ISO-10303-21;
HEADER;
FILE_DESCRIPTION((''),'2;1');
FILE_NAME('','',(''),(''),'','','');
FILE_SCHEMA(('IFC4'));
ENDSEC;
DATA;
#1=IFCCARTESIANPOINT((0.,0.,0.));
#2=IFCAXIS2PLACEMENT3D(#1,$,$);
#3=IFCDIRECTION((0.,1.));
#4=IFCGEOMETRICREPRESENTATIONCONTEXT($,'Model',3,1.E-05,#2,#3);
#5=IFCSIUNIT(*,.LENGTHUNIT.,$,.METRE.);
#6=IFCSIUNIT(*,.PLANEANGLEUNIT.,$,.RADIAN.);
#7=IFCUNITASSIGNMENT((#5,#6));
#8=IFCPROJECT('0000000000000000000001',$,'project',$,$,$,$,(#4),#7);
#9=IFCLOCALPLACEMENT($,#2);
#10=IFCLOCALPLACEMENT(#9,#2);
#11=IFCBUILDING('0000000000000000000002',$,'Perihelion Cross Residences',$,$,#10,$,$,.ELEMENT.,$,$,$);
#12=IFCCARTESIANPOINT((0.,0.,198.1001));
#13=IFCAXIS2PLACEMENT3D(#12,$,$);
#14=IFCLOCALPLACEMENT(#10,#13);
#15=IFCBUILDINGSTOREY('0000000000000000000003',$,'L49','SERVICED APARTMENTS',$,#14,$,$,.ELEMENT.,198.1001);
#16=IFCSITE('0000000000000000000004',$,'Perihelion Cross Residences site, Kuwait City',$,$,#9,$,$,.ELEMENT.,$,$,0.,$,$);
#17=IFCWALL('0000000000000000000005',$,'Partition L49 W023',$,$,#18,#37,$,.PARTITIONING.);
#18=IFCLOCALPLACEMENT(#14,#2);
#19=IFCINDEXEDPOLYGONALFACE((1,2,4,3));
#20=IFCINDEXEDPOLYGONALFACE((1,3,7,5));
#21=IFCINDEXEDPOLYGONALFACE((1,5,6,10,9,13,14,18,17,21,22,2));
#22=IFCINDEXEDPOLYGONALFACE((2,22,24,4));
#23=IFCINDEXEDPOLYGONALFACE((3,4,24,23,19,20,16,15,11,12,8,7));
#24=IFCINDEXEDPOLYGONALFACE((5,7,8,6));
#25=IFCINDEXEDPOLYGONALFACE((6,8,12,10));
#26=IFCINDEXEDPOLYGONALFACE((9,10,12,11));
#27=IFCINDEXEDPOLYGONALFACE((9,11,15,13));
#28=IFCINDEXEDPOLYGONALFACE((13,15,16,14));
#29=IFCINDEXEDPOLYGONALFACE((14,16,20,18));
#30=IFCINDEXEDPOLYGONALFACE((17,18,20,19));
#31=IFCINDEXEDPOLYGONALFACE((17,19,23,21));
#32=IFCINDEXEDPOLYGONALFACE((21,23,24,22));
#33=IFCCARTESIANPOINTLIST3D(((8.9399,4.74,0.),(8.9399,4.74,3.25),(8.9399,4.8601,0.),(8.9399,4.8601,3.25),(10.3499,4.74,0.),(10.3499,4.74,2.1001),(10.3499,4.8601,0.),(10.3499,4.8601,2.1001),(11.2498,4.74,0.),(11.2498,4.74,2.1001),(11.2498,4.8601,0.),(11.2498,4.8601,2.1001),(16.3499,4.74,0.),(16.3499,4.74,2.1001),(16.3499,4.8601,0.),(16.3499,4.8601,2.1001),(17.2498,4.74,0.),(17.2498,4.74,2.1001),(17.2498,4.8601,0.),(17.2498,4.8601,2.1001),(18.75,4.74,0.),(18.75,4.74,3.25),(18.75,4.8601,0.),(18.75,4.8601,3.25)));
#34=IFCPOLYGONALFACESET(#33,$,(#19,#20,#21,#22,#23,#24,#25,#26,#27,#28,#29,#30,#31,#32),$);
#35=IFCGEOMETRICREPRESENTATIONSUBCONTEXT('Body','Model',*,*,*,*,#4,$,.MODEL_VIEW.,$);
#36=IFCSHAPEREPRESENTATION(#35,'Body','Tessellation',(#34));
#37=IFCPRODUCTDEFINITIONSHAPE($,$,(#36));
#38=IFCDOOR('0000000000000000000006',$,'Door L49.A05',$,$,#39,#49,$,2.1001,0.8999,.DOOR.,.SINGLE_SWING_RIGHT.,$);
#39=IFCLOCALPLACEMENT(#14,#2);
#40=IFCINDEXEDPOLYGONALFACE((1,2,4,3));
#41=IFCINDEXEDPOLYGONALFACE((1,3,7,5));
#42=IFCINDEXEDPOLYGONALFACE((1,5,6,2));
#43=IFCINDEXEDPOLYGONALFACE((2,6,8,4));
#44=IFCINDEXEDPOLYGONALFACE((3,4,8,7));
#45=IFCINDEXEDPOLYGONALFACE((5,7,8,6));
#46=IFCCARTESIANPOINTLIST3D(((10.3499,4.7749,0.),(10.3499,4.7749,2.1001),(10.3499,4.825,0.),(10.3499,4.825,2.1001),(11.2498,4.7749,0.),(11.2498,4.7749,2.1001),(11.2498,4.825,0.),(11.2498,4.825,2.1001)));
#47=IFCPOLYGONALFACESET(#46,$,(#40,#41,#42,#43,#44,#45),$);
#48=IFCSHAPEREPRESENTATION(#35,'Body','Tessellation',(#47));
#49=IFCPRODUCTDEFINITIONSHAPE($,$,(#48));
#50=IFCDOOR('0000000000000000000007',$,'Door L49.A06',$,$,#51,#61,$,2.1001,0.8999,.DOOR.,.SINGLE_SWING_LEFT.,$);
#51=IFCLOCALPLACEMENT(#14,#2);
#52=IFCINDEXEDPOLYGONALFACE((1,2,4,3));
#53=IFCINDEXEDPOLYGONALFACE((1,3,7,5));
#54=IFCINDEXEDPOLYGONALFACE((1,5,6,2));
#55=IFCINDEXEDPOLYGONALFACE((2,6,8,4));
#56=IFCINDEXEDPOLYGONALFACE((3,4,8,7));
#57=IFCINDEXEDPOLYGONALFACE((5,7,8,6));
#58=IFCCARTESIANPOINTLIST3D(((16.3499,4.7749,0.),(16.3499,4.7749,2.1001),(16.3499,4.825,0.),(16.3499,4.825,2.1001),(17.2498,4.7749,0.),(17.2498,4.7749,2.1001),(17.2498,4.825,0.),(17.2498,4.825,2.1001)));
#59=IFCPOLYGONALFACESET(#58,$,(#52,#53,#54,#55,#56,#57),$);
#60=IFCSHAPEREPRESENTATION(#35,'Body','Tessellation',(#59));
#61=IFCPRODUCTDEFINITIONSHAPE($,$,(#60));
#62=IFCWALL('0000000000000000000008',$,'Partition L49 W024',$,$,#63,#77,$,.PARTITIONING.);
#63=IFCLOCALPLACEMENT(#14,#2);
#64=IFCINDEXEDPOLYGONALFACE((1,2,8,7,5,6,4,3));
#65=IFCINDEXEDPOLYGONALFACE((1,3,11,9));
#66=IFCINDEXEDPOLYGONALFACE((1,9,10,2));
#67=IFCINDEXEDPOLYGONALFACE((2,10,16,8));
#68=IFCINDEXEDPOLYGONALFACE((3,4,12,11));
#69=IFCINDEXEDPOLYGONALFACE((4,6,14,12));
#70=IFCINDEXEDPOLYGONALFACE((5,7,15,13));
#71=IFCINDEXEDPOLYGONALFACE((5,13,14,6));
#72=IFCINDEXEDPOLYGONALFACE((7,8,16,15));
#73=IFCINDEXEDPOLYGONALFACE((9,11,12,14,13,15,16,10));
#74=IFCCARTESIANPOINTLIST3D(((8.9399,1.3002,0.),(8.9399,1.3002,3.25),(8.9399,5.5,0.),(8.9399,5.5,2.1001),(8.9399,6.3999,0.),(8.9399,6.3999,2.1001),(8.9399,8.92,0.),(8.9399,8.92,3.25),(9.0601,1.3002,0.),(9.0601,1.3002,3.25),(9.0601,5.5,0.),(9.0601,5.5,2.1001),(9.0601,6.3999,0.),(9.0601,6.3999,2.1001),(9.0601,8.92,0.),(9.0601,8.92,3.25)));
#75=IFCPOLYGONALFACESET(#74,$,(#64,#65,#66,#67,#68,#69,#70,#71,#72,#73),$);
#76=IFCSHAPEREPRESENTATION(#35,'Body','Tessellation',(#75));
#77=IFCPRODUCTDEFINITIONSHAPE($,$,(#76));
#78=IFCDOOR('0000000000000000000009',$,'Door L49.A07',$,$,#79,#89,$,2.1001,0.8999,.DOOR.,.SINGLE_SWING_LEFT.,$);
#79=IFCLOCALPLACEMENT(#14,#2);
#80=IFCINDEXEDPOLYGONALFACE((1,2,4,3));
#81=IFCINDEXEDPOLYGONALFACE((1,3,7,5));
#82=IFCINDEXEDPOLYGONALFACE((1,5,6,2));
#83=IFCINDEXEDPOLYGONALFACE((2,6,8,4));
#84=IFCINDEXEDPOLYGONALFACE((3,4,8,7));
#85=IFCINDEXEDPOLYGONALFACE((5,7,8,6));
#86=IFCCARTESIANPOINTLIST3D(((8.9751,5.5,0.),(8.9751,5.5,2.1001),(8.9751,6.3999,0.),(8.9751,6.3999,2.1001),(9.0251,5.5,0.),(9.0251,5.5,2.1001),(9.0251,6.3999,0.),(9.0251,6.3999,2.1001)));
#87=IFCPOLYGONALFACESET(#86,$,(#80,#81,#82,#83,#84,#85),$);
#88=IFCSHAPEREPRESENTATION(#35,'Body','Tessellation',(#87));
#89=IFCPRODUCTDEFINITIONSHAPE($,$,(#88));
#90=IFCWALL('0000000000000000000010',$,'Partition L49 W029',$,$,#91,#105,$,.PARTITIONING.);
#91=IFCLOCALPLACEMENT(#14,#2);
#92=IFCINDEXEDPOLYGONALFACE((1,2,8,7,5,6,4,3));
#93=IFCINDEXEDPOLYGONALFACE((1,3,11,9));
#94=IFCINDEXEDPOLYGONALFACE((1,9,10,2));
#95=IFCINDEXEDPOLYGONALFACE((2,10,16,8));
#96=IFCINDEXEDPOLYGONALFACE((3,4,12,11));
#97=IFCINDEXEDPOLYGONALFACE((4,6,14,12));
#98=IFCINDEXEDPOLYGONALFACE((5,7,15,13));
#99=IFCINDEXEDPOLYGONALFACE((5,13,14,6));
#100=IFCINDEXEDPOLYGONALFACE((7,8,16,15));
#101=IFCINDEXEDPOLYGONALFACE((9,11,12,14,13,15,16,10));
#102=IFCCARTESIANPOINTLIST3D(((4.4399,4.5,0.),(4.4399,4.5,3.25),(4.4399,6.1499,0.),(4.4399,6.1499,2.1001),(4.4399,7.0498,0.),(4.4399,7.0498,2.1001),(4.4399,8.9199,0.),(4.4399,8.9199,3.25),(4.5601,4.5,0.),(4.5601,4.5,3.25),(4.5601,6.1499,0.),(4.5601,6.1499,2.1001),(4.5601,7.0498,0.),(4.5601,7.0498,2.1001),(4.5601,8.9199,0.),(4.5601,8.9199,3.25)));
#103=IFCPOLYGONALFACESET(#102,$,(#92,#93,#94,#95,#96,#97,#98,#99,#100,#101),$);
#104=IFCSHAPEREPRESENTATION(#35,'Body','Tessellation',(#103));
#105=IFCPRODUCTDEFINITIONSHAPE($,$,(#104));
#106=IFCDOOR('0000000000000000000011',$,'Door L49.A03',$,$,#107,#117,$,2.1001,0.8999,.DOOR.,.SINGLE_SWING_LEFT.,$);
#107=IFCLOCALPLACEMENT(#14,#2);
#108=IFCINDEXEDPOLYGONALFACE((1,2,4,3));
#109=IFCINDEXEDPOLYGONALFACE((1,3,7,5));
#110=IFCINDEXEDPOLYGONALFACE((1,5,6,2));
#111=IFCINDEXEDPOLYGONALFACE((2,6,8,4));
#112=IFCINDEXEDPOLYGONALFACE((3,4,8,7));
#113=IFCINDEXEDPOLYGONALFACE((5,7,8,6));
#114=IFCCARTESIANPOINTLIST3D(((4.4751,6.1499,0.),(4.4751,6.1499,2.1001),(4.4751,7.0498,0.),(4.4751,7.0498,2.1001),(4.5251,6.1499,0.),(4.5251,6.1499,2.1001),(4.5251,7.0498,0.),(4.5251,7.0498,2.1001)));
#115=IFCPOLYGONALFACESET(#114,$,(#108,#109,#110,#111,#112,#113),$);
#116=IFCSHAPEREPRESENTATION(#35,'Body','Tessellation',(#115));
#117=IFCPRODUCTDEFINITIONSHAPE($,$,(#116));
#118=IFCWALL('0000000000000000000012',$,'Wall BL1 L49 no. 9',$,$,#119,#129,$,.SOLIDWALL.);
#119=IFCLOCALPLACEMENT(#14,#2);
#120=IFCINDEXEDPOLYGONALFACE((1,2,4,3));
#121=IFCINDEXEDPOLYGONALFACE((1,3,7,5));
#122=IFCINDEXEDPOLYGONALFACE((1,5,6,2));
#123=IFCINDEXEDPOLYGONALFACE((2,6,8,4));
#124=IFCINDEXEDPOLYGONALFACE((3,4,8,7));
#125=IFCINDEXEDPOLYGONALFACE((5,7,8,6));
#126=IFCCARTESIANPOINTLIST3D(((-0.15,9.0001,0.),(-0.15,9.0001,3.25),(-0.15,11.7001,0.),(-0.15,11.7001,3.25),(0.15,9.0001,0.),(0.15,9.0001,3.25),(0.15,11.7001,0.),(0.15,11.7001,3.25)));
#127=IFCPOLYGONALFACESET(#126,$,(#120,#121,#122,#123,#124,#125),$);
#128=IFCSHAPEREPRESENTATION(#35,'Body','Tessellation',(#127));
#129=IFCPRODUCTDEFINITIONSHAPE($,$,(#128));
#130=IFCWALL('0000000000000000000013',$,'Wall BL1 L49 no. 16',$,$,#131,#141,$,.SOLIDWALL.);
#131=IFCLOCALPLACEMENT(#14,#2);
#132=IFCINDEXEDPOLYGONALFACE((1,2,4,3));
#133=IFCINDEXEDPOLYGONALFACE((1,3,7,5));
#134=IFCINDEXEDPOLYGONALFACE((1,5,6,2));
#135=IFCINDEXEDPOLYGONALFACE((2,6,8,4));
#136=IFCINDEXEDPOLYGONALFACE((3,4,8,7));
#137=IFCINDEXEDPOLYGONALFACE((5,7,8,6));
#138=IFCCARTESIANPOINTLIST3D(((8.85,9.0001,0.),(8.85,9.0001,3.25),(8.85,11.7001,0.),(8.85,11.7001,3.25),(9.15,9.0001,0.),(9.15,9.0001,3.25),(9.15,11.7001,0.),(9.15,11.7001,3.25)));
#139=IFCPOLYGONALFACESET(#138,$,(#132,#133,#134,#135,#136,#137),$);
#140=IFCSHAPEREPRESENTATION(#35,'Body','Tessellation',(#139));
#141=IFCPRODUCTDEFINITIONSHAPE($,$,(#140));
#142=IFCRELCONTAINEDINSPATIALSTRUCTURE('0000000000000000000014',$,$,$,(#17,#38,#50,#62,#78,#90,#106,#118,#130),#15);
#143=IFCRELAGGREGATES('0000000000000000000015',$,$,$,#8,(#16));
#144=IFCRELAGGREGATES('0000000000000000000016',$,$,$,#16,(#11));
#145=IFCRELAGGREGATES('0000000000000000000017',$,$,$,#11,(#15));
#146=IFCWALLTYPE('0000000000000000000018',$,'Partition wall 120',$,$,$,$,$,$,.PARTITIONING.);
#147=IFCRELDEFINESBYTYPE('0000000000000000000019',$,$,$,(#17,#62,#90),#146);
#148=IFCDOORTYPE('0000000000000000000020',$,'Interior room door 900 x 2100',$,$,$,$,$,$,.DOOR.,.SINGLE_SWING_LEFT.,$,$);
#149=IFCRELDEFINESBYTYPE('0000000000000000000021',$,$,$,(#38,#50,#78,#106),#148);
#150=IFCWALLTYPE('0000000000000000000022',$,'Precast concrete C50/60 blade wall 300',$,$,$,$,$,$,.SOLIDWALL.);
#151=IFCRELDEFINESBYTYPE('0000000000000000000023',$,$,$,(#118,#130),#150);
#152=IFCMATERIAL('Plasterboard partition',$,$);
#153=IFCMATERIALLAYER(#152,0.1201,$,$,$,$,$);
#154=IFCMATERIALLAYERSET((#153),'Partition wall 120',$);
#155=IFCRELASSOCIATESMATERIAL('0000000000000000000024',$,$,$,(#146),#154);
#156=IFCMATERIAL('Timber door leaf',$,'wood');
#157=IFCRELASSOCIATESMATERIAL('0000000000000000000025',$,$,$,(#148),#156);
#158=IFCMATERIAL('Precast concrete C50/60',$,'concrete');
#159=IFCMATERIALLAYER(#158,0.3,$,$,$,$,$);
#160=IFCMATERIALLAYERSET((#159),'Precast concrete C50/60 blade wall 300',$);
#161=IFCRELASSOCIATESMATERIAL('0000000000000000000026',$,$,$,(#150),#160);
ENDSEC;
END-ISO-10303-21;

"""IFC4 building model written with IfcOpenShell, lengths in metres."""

from ifc_helpers import new_model, si_unit, direction, frame, frame_2d, origin, place, context, subcontext, project, spatial, rectangle, extrude, material, layer, layer_set, type_object, element, fill, save


model = new_model("IFC4")

# Units and contexts
model_context = context("Model", 3, precision=1e-05, world=origin(), true_north=direction((0.0, 1.0)))
body_context = subcontext(model_context, "Body", "Model", "MODEL_VIEW")
ifc_project = project(units=[si_unit("LENGTHUNIT", "METRE"), si_unit("PLANEANGLEUNIT", "RADIAN")], contexts=[model_context])

# Site, building, storey
site_placement = place(None, origin())
site = spatial("IfcSite", under=ifc_project, at=site_placement, Name="Perihelion Cross Residences site, Kuwait City", CompositionType="ELEMENT", RefElevation=0.0)
building_placement = place(site_placement, origin())
building = spatial("IfcBuilding", under=site, at=building_placement, Name="Perihelion Cross Residences", CompositionType="ELEMENT")
storey_placement = place(building_placement, frame((0.0, 0.0, 198.1001)))
storey = spatial("IfcBuildingStorey", under=building, at=storey_placement, Name="L49", Description="SERVICED APARTMENTS", CompositionType="ELEMENT", Elevation=198.1001)

# Shared definitions
ifc_material_1 = material(Name="Plasterboard partition")
ifc_layer_1 = layer(ifc_material_1, 0.1201)
ifc_layer_set_1 = layer_set([ifc_layer_1], Name="Partition wall 120")
wall_type_1 = type_object("IfcWallType", Name="Partition wall 120", PredefinedType="PARTITIONING", material=ifc_layer_set_1)

# Wall, openings, doors
wall_1_placement = place(storey_placement, frame((8.9399, 4.8, 0.0), z_axis=(0.0, 0.0, 1.0), x_axis=(1.0, 0.0, 0.0)))
wall_1 = element("IfcWall", 1, at=wall_1_placement, inside=storey, type_object=wall_type_1, Name="Partition L49 W023", PredefinedType="PARTITIONING", context=body_context, shape_type="SweptSolid", body=[
    extrude(rectangle(XDim=9.8101, YDim=0.1201, at=frame_2d((4.905, 0.0))), origin(), (0.0, 0.0, 1.0), 3.25),
])
opening_1_placement = place(wall_1_placement, frame((1.4099, 0.0, 0.0)))
opening_1 = element("IfcOpeningElement", 2, at=opening_1_placement, cuts=wall_1, PredefinedType="OPENING", context=body_context, shape_type="SweptSolid", body=[
    extrude(rectangle(XDim=0.8999, YDim=2.1001, at=frame_2d((0.45, 1.05))), frame((0.0, 0.0701, 0.0), z_axis=(0.0, -1.0, 0.0), x_axis=(1.0, 0.0, 0.0)), (0.0, 0.0, 1.0), 0.1401),
])
opening_2_placement = place(wall_1_placement, frame((7.4099, 0.0, 0.0)))
opening_2 = element("IfcOpeningElement", 3, at=opening_2_placement, cuts=wall_1, PredefinedType="OPENING", context=body_context, shape_type="SweptSolid", body=[
    extrude(rectangle(XDim=0.8999, YDim=2.1001, at=frame_2d((0.45, 1.05))), frame((0.0, 0.0701, 0.0), z_axis=(0.0, -1.0, 0.0), x_axis=(1.0, 0.0, 0.0)), (0.0, 0.0, 1.0), 0.1401),
])
ifc_material_2 = material(Name="Timber door leaf", Category="wood")
door_type_1 = type_object("IfcDoorType", Name="Interior room door 900 x 2100", OperationType="SINGLE_SWING_LEFT", PredefinedType="DOOR", material=ifc_material_2)
door_1_placement = place(opening_1_placement, origin())
door_1 = element("IfcDoor", 4, at=door_1_placement, inside=storey, type_object=door_type_1, Name="Door L49.A05", OperationType="SINGLE_SWING_RIGHT", OverallHeight=2.1001, OverallWidth=0.8999, PredefinedType="DOOR", context=body_context, shape_type="SweptSolid", body=[
    extrude(rectangle(XDim=0.8999, YDim=2.1001, at=frame_2d((0.45, 1.05))), frame((0.0, 0.0249, 0.0), z_axis=(0.0, -1.0, 0.0), x_axis=(1.0, 0.0, 0.0)), (0.0, 0.0, 1.0), 0.05),
])
fill(opening_1, door_1)
door_2_placement = place(opening_2_placement, origin())
door_2 = element("IfcDoor", 5, at=door_2_placement, inside=storey, type_object=door_type_1, Name="Door L49.A06", OperationType="SINGLE_SWING_LEFT", OverallHeight=2.1001, OverallWidth=0.8999, PredefinedType="DOOR", context=body_context, shape_type="SweptSolid", body=[
    extrude(rectangle(XDim=0.8999, YDim=2.1001, at=frame_2d((0.45, 1.05))), frame((0.0, 0.0249, 0.0), z_axis=(0.0, -1.0, 0.0), x_axis=(1.0, 0.0, 0.0)), (0.0, 0.0, 1.0), 0.05),
])
fill(opening_2, door_2)

# Walls, openings, doors
wall_2_placement = place(storey_placement, frame((9.0, 1.3, 0.0), z_axis=(0.0, 0.0, 1.0), x_axis=(0.0, 1.0, 0.0)))
wall_2 = element("IfcWall", 6, at=wall_2_placement, inside=storey, type_object=wall_type_1, Name="Partition L49 W024", PredefinedType="PARTITIONING", context=body_context, shape_type="SweptSolid", body=[
    extrude(rectangle(XDim=7.6199, YDim=0.1201, at=frame_2d((3.8101, 0.0))), origin(), (0.0, 0.0, 1.0), 3.25),
])
opening_3_placement = place(wall_2_placement, frame((4.2, 0.0, 0.0)))
opening_3 = element("IfcOpeningElement", 7, at=opening_3_placement, cuts=wall_2, PredefinedType="OPENING", context=body_context, shape_type="SweptSolid", body=[
    extrude(rectangle(XDim=0.8999, YDim=2.1001, at=frame_2d((0.45, 1.05))), frame((0.0, 0.0701, 0.0), z_axis=(0.0, -1.0, 0.0), x_axis=(1.0, 0.0, 0.0)), (0.0, 0.0, 1.0), 0.1401),
])
door_3_placement = place(opening_3_placement, origin())
door_3 = element("IfcDoor", 8, at=door_3_placement, inside=storey, type_object=door_type_1, Name="Door L49.A07", OperationType="SINGLE_SWING_LEFT", OverallHeight=2.1001, OverallWidth=0.8999, PredefinedType="DOOR", context=body_context, shape_type="SweptSolid", body=[
    extrude(rectangle(XDim=0.8999, YDim=2.1001, at=frame_2d((0.45, 1.05))), frame((0.0, 0.0249, 0.0), z_axis=(0.0, -1.0, 0.0), x_axis=(1.0, 0.0, 0.0)), (0.0, 0.0, 1.0), 0.05),
])
fill(opening_3, door_3)
wall_3_placement = place(storey_placement, frame((4.5, 4.5, 0.0), z_axis=(0.0, 0.0, 1.0), x_axis=(0.0, 1.0, 0.0)))
wall_3 = element("IfcWall", 9, at=wall_3_placement, inside=storey, type_object=wall_type_1, Name="Partition L49 W029", PredefinedType="PARTITIONING", context=body_context, shape_type="SweptSolid", body=[
    extrude(rectangle(XDim=4.4199, YDim=0.1201, at=frame_2d((2.21, 0.0))), origin(), (0.0, 0.0, 1.0), 3.25),
])
opening_4_placement = place(wall_3_placement, frame((1.6499, 0.0, 0.0)))
opening_4 = element("IfcOpeningElement", 10, at=opening_4_placement, cuts=wall_3, PredefinedType="OPENING", context=body_context, shape_type="SweptSolid", body=[
    extrude(rectangle(XDim=0.8999, YDim=2.1001, at=frame_2d((0.45, 1.05))), frame((0.0, 0.0701, 0.0), z_axis=(0.0, -1.0, 0.0), x_axis=(1.0, 0.0, 0.0)), (0.0, 0.0, 1.0), 0.1401),
])
door_4_placement = place(opening_4_placement, origin())
door_4 = element("IfcDoor", 11, at=door_4_placement, inside=storey, type_object=door_type_1, Name="Door L49.A03", OperationType="SINGLE_SWING_LEFT", OverallHeight=2.1001, OverallWidth=0.8999, PredefinedType="DOOR", context=body_context, shape_type="SweptSolid", body=[
    extrude(rectangle(XDim=0.8999, YDim=2.1001, at=frame_2d((0.45, 1.05))), frame((0.0, 0.0249, 0.0), z_axis=(0.0, -1.0, 0.0), x_axis=(1.0, 0.0, 0.0)), (0.0, 0.0, 1.0), 0.05),
])
fill(opening_4, door_4)

# Walls
ifc_material_3 = material(Name="Precast concrete C50/60", Category="concrete")
ifc_layer_2 = layer(ifc_material_3, 0.3)
ifc_layer_set_2 = layer_set([ifc_layer_2], Name="Precast concrete C50/60 blade wall 300")
wall_type_2 = type_object("IfcWallType", Name="Precast concrete C50/60 blade wall 300", PredefinedType="SOLIDWALL", material=ifc_layer_set_2)
for number, where, z_axis, x_axis, name in (
    (12, (0.0, 9.0, 0.0), (0.0, 0.0, 1.0), (0.0, 1.0, 0.0), "Wall BL1 L49 no. 9"),
    (13, (9.0, 9.0, 0.0), (0.0, 0.0, 1.0), (0.0, 1.0, 0.0), "Wall BL1 L49 no. 16"),
):
    element("IfcWall", number, at=place(storey_placement, frame(where, z_axis=z_axis, x_axis=x_axis)), inside=storey, type_object=wall_type_2, Name=name, PredefinedType="SOLIDWALL", context=body_context, shape_type="SweptSolid", body=[
        extrude(rectangle(XDim=2.7, YDim=0.3, at=frame_2d((1.3501, 0.0))), origin(), (0.0, 0.0, 1.0), 3.25),
    ])

save(model, "model.ifc")
